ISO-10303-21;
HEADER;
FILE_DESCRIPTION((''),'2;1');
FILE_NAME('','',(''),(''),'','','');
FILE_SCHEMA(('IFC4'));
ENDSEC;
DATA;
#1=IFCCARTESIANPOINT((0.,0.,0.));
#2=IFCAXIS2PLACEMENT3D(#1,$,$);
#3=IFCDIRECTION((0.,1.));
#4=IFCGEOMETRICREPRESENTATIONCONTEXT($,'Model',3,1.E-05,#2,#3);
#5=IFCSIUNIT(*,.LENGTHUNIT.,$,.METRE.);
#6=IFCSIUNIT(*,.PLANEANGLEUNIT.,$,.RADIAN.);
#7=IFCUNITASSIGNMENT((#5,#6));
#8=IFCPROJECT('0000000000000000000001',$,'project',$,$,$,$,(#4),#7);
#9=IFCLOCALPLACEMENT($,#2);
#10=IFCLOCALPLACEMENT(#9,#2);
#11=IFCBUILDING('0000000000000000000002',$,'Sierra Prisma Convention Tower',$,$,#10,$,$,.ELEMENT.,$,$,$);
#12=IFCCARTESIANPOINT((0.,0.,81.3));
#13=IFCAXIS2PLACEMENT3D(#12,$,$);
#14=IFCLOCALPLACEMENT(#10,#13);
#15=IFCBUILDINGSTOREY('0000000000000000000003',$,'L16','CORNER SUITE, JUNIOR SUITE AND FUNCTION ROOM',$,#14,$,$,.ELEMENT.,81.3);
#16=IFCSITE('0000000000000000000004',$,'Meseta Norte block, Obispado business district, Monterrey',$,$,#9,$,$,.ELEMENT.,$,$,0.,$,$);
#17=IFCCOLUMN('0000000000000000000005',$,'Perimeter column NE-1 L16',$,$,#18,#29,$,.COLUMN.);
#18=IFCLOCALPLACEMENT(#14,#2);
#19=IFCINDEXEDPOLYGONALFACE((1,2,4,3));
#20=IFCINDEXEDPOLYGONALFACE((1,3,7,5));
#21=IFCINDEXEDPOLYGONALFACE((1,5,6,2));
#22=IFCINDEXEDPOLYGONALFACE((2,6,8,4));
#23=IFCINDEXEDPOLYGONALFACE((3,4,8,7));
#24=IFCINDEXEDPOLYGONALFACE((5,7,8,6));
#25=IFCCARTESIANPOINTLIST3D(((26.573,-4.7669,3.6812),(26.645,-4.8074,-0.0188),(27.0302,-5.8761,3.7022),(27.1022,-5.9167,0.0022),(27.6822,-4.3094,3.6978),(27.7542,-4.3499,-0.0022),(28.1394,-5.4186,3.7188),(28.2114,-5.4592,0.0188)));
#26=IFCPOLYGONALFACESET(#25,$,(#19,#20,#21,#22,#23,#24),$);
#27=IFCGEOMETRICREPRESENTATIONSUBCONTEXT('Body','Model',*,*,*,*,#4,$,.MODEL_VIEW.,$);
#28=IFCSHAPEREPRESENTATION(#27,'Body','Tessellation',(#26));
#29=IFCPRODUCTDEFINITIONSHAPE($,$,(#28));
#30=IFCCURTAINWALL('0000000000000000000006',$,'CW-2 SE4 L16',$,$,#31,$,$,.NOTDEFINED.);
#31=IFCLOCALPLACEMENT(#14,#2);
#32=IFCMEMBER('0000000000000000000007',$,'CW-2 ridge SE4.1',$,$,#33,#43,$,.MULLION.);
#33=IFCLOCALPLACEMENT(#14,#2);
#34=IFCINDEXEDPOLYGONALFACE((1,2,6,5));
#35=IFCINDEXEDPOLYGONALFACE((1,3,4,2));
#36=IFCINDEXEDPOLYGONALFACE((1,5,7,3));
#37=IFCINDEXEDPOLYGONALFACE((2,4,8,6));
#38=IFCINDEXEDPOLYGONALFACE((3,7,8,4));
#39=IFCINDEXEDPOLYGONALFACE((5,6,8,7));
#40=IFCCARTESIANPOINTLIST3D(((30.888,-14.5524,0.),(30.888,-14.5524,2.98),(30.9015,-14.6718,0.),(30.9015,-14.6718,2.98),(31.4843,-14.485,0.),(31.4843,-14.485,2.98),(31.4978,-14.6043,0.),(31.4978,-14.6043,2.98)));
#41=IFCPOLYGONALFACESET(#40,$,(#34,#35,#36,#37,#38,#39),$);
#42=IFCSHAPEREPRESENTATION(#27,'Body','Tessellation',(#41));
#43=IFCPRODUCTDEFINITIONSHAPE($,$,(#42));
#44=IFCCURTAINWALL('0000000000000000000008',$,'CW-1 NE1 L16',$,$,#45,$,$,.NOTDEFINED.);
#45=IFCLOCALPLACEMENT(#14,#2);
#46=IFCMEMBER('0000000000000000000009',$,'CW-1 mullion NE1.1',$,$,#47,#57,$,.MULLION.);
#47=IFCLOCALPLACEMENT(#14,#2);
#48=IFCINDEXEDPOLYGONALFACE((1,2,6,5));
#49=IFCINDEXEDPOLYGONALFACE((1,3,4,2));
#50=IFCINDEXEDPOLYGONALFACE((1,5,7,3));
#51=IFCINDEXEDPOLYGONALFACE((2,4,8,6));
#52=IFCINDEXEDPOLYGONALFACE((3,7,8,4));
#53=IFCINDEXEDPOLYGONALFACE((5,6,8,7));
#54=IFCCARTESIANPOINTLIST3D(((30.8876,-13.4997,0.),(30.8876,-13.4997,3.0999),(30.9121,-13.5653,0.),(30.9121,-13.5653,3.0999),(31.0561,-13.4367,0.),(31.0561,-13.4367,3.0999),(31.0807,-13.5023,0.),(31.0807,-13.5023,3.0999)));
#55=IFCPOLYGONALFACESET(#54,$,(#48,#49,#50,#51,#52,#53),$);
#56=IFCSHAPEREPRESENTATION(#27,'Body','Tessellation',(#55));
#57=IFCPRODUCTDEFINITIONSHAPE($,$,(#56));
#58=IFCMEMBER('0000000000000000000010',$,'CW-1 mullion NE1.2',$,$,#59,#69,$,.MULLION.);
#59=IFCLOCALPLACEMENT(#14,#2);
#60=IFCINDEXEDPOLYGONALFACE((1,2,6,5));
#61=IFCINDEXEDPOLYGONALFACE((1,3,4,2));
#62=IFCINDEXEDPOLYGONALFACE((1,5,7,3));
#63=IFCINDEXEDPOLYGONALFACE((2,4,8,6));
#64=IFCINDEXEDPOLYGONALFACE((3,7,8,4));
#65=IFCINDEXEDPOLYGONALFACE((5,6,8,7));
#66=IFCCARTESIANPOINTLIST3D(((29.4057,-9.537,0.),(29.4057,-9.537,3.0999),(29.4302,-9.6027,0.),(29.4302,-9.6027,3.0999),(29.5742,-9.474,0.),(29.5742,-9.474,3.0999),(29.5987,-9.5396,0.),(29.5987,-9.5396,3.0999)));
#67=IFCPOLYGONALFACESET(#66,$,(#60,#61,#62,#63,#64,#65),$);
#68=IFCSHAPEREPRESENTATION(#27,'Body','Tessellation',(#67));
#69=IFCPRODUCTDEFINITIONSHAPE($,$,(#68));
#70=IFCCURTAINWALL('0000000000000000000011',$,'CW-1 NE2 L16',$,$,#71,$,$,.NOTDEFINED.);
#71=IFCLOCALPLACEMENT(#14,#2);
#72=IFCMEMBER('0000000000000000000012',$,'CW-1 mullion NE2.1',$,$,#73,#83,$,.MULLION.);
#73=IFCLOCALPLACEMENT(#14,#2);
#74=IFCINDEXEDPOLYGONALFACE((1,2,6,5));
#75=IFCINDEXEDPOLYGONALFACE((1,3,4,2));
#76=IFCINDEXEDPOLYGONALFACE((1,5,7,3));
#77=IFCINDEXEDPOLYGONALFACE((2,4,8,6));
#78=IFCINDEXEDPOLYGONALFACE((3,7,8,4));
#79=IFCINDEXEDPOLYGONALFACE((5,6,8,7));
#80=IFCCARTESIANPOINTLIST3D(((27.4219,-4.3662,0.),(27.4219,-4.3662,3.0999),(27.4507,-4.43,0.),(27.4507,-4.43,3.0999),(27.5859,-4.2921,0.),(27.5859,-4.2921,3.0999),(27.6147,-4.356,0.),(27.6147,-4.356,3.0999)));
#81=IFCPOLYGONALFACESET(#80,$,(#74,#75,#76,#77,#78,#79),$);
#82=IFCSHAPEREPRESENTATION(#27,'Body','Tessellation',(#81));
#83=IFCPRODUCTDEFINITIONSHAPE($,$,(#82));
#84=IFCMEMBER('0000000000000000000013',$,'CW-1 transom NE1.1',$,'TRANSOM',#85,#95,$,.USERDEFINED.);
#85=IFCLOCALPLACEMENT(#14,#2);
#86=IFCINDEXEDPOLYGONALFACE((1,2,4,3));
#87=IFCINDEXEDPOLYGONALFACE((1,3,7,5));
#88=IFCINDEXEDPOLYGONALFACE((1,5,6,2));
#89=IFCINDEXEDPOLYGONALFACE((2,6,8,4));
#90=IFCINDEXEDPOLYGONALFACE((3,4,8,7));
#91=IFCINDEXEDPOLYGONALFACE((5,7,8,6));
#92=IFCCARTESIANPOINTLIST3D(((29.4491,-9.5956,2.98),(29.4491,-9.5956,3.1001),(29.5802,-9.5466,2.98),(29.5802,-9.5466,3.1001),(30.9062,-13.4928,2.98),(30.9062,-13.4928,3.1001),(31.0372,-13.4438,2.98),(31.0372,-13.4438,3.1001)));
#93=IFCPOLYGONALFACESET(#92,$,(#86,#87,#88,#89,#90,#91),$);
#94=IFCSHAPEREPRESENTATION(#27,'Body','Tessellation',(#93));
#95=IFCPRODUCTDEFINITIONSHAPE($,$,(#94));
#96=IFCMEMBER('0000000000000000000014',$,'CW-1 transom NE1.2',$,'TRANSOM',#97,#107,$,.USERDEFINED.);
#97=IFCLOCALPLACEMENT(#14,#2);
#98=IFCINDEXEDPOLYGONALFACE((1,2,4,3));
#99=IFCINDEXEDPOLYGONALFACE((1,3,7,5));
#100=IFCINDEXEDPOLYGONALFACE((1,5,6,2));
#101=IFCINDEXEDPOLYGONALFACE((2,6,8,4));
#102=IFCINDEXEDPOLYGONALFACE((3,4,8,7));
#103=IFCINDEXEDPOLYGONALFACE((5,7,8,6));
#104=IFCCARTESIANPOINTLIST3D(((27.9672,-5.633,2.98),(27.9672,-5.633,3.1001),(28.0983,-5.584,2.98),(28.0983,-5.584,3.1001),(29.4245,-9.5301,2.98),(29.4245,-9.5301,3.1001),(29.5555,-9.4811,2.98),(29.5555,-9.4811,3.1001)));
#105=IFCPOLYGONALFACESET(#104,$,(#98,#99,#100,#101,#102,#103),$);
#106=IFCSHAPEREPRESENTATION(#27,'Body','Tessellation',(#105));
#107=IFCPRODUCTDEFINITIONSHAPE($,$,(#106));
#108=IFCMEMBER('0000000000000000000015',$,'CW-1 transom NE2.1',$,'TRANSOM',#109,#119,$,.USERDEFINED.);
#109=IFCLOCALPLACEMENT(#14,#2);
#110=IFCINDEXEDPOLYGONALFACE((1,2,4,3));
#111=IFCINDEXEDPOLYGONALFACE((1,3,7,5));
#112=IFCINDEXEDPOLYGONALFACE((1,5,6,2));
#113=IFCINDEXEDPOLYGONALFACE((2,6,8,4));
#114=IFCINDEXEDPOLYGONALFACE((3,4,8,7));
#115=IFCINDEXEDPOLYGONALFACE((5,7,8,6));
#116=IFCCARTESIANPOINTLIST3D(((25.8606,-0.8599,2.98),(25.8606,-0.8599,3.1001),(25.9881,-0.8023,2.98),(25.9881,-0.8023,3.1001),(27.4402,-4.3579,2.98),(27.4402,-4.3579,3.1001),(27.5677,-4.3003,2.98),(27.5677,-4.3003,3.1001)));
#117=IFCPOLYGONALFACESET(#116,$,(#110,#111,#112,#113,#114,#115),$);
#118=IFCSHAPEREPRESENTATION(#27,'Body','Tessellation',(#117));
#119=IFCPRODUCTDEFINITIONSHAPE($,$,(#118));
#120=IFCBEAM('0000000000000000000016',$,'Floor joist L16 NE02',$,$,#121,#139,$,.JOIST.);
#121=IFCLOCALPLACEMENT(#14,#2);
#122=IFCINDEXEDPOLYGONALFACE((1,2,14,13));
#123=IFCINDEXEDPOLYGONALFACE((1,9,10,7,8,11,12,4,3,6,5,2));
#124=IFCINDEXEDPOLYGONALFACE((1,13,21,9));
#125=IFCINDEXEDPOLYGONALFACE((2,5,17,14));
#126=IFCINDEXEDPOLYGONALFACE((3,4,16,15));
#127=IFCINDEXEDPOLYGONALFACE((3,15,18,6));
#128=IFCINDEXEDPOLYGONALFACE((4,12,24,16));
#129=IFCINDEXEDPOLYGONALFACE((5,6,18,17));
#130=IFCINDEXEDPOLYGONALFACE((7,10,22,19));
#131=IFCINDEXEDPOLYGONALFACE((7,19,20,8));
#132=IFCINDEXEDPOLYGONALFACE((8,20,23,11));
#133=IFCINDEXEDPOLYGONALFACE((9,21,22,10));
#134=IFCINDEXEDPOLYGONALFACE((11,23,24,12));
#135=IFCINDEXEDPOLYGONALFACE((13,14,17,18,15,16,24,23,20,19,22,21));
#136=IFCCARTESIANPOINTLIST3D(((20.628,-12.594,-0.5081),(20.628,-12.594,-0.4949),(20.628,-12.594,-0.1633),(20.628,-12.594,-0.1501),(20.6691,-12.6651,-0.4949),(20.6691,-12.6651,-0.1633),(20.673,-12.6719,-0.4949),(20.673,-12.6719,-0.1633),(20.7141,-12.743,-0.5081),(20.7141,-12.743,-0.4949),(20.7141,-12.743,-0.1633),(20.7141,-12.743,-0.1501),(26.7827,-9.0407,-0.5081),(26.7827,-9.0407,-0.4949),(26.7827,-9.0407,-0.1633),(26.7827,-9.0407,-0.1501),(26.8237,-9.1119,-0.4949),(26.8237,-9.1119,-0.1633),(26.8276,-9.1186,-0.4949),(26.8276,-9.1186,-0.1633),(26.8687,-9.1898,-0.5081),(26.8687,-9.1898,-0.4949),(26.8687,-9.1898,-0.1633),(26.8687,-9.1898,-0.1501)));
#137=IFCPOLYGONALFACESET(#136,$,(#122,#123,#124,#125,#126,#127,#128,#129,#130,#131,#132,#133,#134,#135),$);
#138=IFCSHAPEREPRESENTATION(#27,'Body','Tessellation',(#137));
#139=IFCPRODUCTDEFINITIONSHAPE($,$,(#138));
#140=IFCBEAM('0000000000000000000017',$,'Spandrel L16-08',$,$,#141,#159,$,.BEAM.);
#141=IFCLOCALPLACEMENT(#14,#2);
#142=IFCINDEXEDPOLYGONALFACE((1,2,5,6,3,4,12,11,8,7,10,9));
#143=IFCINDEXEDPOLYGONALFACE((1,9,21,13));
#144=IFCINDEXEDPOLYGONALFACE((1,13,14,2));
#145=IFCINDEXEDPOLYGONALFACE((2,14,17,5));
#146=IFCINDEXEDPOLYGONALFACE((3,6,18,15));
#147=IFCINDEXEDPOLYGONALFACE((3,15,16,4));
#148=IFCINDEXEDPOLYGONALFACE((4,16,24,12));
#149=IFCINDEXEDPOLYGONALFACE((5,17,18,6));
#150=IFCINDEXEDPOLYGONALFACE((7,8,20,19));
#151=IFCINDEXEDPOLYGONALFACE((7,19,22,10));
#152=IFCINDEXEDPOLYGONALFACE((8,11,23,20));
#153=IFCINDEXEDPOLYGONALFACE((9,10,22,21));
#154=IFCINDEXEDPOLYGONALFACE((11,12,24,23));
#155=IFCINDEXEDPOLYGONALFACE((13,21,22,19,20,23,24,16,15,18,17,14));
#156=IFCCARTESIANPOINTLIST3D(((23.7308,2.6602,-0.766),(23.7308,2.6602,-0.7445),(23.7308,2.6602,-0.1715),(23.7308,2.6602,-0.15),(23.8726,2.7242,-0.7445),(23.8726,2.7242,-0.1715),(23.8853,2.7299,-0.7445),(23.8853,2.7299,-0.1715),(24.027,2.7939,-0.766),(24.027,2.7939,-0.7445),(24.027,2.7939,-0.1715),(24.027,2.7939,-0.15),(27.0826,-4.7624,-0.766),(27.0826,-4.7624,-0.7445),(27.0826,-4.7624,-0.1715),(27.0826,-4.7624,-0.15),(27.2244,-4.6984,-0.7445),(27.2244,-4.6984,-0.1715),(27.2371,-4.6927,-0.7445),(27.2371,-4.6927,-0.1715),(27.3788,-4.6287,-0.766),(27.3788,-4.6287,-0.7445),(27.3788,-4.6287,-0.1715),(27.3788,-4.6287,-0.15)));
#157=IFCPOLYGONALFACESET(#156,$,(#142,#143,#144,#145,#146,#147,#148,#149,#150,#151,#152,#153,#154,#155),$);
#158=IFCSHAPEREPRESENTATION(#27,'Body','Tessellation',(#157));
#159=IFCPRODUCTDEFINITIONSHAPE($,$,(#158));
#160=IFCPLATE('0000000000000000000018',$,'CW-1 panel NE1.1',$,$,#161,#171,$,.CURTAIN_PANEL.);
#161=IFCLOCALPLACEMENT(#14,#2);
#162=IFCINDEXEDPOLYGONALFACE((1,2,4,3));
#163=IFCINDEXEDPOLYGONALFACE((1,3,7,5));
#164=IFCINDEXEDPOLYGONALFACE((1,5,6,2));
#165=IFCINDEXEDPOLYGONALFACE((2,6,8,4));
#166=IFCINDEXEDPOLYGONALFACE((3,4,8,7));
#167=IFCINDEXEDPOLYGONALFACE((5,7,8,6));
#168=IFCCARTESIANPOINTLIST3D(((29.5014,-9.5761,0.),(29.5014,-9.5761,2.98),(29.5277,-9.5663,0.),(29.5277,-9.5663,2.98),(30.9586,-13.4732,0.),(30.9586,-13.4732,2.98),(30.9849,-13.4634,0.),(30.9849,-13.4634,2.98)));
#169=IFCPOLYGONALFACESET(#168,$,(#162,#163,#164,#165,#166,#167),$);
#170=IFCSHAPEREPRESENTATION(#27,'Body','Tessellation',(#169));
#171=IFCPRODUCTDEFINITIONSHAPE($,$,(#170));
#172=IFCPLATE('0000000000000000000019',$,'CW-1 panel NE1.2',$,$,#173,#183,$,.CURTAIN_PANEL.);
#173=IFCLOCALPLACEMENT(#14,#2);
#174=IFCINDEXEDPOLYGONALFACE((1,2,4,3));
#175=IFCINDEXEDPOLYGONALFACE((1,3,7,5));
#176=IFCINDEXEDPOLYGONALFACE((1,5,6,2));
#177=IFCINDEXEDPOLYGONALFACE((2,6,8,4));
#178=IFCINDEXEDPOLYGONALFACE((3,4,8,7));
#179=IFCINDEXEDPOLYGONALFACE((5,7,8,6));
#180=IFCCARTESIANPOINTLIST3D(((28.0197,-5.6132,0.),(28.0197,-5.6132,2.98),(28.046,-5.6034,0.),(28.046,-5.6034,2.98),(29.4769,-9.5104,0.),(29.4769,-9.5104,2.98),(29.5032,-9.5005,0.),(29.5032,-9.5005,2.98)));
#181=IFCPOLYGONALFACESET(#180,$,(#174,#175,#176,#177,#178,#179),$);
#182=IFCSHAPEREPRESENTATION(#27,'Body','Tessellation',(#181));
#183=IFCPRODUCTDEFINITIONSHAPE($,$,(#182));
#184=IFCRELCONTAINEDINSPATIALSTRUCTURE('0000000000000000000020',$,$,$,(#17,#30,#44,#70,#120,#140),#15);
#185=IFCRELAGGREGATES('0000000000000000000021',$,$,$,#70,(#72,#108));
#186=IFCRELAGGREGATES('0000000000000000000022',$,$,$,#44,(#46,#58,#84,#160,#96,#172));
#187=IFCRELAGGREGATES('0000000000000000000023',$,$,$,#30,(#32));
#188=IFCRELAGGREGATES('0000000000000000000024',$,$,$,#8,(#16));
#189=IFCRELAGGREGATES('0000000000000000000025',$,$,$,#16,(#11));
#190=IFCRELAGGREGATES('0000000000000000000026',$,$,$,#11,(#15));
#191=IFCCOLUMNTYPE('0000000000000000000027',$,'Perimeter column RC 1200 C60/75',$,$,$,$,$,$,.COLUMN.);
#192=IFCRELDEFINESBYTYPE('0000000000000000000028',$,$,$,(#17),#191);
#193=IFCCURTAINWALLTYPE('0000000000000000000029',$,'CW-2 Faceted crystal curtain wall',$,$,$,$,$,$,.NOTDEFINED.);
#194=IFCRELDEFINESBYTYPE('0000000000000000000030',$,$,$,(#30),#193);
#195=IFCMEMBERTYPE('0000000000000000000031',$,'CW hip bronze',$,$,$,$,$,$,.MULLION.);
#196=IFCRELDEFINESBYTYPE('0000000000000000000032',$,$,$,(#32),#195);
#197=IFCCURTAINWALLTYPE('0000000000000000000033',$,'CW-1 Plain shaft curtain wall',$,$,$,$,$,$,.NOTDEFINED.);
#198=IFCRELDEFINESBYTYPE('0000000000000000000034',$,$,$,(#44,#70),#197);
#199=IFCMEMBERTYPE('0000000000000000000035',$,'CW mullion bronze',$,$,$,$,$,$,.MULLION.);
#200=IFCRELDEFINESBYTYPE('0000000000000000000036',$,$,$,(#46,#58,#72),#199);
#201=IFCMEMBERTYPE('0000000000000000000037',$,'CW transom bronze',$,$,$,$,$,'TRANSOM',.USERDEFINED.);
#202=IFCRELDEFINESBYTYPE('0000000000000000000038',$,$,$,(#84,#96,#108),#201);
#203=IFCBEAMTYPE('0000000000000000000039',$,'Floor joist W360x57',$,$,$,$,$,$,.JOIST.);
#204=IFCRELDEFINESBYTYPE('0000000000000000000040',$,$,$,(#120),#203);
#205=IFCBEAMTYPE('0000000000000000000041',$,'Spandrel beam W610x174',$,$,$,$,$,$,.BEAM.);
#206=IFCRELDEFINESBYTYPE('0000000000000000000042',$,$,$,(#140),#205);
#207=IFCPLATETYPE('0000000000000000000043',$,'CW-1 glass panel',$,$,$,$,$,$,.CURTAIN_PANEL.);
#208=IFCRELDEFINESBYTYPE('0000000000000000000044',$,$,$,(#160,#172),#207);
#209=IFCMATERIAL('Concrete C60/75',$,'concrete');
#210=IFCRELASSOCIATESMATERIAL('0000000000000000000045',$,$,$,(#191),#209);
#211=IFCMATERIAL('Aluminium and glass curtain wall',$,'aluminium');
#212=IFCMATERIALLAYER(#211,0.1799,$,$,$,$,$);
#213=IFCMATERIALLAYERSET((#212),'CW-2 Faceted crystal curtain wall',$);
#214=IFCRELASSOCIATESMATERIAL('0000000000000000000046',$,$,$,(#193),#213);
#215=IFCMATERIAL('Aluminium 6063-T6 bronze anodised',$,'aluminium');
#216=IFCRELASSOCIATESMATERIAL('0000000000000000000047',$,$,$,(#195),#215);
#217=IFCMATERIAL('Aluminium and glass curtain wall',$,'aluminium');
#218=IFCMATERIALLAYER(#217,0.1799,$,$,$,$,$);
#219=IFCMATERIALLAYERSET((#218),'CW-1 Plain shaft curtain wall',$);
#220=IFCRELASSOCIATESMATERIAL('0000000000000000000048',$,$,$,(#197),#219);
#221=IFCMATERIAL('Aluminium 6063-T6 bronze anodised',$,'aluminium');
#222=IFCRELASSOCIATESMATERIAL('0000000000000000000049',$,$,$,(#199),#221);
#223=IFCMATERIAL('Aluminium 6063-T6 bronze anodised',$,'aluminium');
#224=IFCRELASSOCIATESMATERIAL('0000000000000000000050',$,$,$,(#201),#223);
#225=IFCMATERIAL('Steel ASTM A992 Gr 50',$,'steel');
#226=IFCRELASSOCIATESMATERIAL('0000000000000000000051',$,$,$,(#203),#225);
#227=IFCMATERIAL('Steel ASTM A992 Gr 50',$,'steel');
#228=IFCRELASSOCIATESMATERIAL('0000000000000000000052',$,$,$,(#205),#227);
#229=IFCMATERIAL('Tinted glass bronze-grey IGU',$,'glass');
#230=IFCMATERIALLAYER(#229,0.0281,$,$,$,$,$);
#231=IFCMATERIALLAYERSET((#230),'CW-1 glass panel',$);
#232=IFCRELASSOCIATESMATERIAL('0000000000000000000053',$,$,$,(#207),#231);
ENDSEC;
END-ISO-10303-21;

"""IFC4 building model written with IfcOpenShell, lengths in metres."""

from ifc_helpers import new_model, si_unit, direction, frame, origin, origin_2d, place, context, subcontext, project, spatial, rectangle, i_section, extrude, material, layer, layer_set, material_profile, profile_set, type_object, element, aggregate, save


model = new_model("IFC4")

# Units and contexts
model_context = context("Model", 3, precision=1e-05, world=origin(), true_north=direction((0.0, 1.0)))
body_context = subcontext(model_context, "Body", "Model", "MODEL_VIEW")
ifc_project = project(units=[si_unit("LENGTHUNIT", "METRE"), si_unit("PLANEANGLEUNIT", "RADIAN")], contexts=[model_context])

# Site, building, storey
site_placement = place(None, origin())
site = spatial("IfcSite", under=ifc_project, at=site_placement, Name="Meseta Norte block, Obispado business district, Monterrey", CompositionType="ELEMENT", RefElevation=0.0)
building_placement = place(site_placement, origin())
building = spatial("IfcBuilding", under=site, at=building_placement, Name="Sierra Prisma Convention Tower", CompositionType="ELEMENT")
storey_placement = place(building_placement, frame((0.0, 0.0, 81.3)))
storey = spatial("IfcBuildingStorey", under=building, at=storey_placement, Name="L16", Description="CORNER SUITE, JUNIOR SUITE AND FUNCTION ROOM", CompositionType="ELEMENT", Elevation=81.3)

# Column
ifc_material_1 = material(Name="Concrete C60/75", Category="concrete")
ifc_material_profile_1 = material_profile(ifc_material_1, rectangle(XDim=1.2, YDim=1.2, at=origin_2d()), Name="Perimeter column RC 1200 C60/75")
ifc_profile_set_1 = profile_set([ifc_material_profile_1], Name="Concrete C60/75")
column_type = type_object("IfcColumnType", Name="Perimeter column RC 1200 C60/75", PredefinedType="COLUMN", material=ifc_profile_set_1)
column_placement = place(storey_placement, frame((27.4282, -5.1333, 0.0), z_axis=(-0.019461, 0.010951, 0.999751), x_axis=(-0.381024, 0.924399, -0.017542)))
element("IfcColumn", 1, at=column_placement, inside=storey, type_object=column_type, Name="Perimeter column NE-1 L16", PredefinedType="COLUMN", context=body_context, shape_type="SweptSolid", body=[
    extrude(rectangle(XDim=1.2, YDim=1.2, at=origin_2d()), origin(), (0.0, 0.0, 1.0), 3.7009),
])

# Curtain wall, member
ifc_material_2 = material(Name="Aluminium and glass curtain wall", Category="aluminium")
ifc_layer_1 = layer(ifc_material_2, 0.1799)
ifc_layer_set_1 = layer_set([ifc_layer_1], Name="CW-2 Faceted crystal curtain wall")
curtain_wall_type_1 = type_object("IfcCurtainWallType", Name="CW-2 Faceted crystal curtain wall", PredefinedType="NOTDEFINED", material=ifc_layer_set_1)
curtain_wall_1_placement = place(storey_placement, origin())
curtain_wall_1 = element("IfcCurtainWall", 2, at=curtain_wall_1_placement, inside=storey, type_object=curtain_wall_type_1, Name="CW-2 SE4 L16", PredefinedType="NOTDEFINED")
ifc_material_3 = material(Name="Aluminium 6063-T6 bronze anodised", Category="aluminium")
ifc_material_profile_2 = material_profile(ifc_material_3, rectangle(XDim=0.1201, YDim=0.6001, at=origin_2d()), Name="ALU RIDGE BLADE 120x600")
ifc_profile_set_2 = profile_set([ifc_material_profile_2], Name="Aluminium 6063-T6 bronze anodised")
member_type_1 = type_object("IfcMemberType", Name="CW hip bronze", PredefinedType="MULLION", material=ifc_profile_set_2)
member_1_placement = place(storey_placement, frame((31.1929, -14.5784, 0.0), z_axis=(0.0, 0.0, 1.0), x_axis=(-0.112368, 0.993667, 0.0)))
member_1 = element("IfcMember", 3, at=member_1_placement, type_object=member_type_1, Name="CW-2 ridge SE4.1", PredefinedType="MULLION", context=body_context, shape_type="SweptSolid", body=[
    extrude(rectangle(XDim=0.1201, YDim=0.6001, at=origin_2d()), origin(), (0.0, 0.0, 1.0), 2.98),
])

# Curtain wall, members
ifc_material_4 = material(Name="Aluminium and glass curtain wall", Category="aluminium")
ifc_layer_2 = layer(ifc_material_4, 0.1799)
ifc_layer_set_2 = layer_set([ifc_layer_2], Name="CW-1 Plain shaft curtain wall")
curtain_wall_type_2 = type_object("IfcCurtainWallType", Name="CW-1 Plain shaft curtain wall", PredefinedType="NOTDEFINED", material=ifc_layer_set_2)
curtain_wall_2_placement = place(storey_placement, origin())
curtain_wall_2 = element("IfcCurtainWall", 4, at=curtain_wall_2_placement, inside=storey, type_object=curtain_wall_type_2, Name="CW-1 NE1 L16", PredefinedType="NOTDEFINED")
ifc_material_5 = material(Name="Aluminium 6063-T6 bronze anodised", Category="aluminium")
ifc_material_profile_3 = material_profile(ifc_material_5, rectangle(XDim=0.1799, YDim=0.0701, at=origin_2d()), Name="ALU MULLION 70x180")
ifc_profile_set_3 = profile_set([ifc_material_profile_3], Name="Aluminium 6063-T6 bronze anodised")
member_type_2 = type_object("IfcMemberType", Name="CW mullion bronze", PredefinedType="MULLION", material=ifc_profile_set_3)
member_2_placement = place(storey_placement, frame((30.9841, -13.501, 0.0), z_axis=(0.0, 0.0, 1.0), x_axis=(-0.93666, -0.350241, 0.0)))
member_2 = element("IfcMember", 5, at=member_2_placement, type_object=member_type_2, Name="CW-1 mullion NE1.1", PredefinedType="MULLION", context=body_context, shape_type="SweptSolid", body=[
    extrude(rectangle(XDim=0.1799, YDim=0.0701, at=origin_2d()), origin(), (0.0, 0.0, 1.0), 3.0999),
])
member_3_placement = place(storey_placement, frame((29.5022, -9.5383, 0.0), z_axis=(0.0, 0.0, 1.0), x_axis=(-0.93666, -0.350241, 0.0)))
member_3 = element("IfcMember", 6, at=member_3_placement, type_object=member_type_2, Name="CW-1 mullion NE1.2", PredefinedType="MULLION", context=body_context, shape_type="SweptSolid", body=[
    extrude(rectangle(XDim=0.1799, YDim=0.0701, at=origin_2d()), origin(), (0.0, 0.0, 1.0), 3.0999),
])

# Curtain wall, member
curtain_wall_3_placement = place(storey_placement, origin())
curtain_wall_3 = element("IfcCurtainWall", 7, at=curtain_wall_3_placement, inside=storey, type_object=curtain_wall_type_2, Name="CW-1 NE2 L16", PredefinedType="NOTDEFINED")
member_4_placement = place(storey_placement, frame((27.5183, -4.3611, 0.0), z_axis=(0.0, 0.0, 1.0), x_axis=(-0.911394, -0.411534, 0.0)))
member_4 = element("IfcMember", 8, at=member_4_placement, type_object=member_type_2, Name="CW-1 mullion NE2.1", PredefinedType="MULLION", context=body_context, shape_type="SweptSolid", body=[
    extrude(rectangle(XDim=0.1799, YDim=0.0701, at=origin_2d()), origin(), (0.0, 0.0, 1.0), 3.0999),
])

# Members
ifc_material_6 = material(Name="Aluminium 6063-T6 bronze anodised", Category="aluminium")
ifc_material_profile_4 = material_profile(ifc_material_6, rectangle(XDim=0.1399, YDim=0.1201, at=origin_2d()), Name="ALU TRANSOM 120x140")
ifc_profile_set_4 = profile_set([ifc_material_profile_4], Name="Aluminium 6063-T6 bronze anodised")
member_type_3 = type_object("IfcMemberType", Name="CW transom bronze", ElementType="TRANSOM", PredefinedType="USERDEFINED", material=ifc_profile_set_4)
member_5_placement = place(storey_placement, frame((30.9717, -13.4683, 3.04), z_axis=(-0.350191, 0.936678, 0.0), x_axis=(-0.936678, -0.350191, 0.0)))
member_5 = element("IfcMember", 9, at=member_5_placement, type_object=member_type_3, Name="CW-1 transom NE1.1", ObjectType="TRANSOM", PredefinedType="USERDEFINED", context=body_context, shape_type="SweptSolid", body=[
    extrude(rectangle(XDim=0.1399, YDim=0.1201, at=origin_2d()), origin(), (0.0, 0.0, 1.0), 4.1606),
])
member_6_placement = place(storey_placement, frame((29.49, -9.5056, 3.04), z_axis=(-0.350242, 0.936659, 0.0), x_axis=(-0.936659, -0.350242, 0.0)))
member_6 = element("IfcMember", 10, at=member_6_placement, type_object=member_type_3, Name="CW-1 transom NE1.2", ObjectType="TRANSOM", PredefinedType="USERDEFINED", context=body_context, shape_type="SweptSolid", body=[
    extrude(rectangle(XDim=0.1399, YDim=0.1201, at=origin_2d()), origin(), (0.0, 0.0, 1.0), 4.1606),
])
member_7_placement = place(storey_placement, frame((27.5039, -4.3291, 3.04), z_axis=(-0.411549, 0.911388, 0.0), x_axis=(-0.911388, -0.411549, 0.0)))
member_7 = element("IfcMember", 11, at=member_7_placement, type_object=member_type_3, Name="CW-1 transom NE2.1", ObjectType="TRANSOM", PredefinedType="USERDEFINED", context=body_context, shape_type="SweptSolid", body=[
    extrude(rectangle(XDim=0.1399, YDim=0.1201, at=origin_2d()), origin(), (0.0, 0.0, 1.0), 3.8381),
])
aggregate(curtain_wall_3, [member_4, member_7])

# Beams
ifc_material_7 = material(Name="Steel ASTM A992 Gr 50", Category="steel")
ifc_material_profile_5 = material_profile(ifc_material_7, i_section(OverallWidth=0.1721, OverallDepth=0.3579, WebThickness=0.0078, FlangeThickness=0.0132, at=origin_2d()), Name="W360x57")
ifc_profile_set_5 = profile_set([ifc_material_profile_5], Name="Steel ASTM A992 Gr 50")
beam_type_1 = type_object("IfcBeamType", Name="Floor joist W360x57", PredefinedType="JOIST", material=ifc_profile_set_5)
beam_1_placement = place(storey_placement, frame((26.8257, -9.1152, -0.3291), z_axis=(-0.866032, -0.499989, 0.0), x_axis=(0.499989, -0.866032, 0.0)))
element("IfcBeam", 12, at=beam_1_placement, inside=storey, type_object=beam_type_1, Name="Floor joist L16 NE02", PredefinedType="JOIST", context=body_context, shape_type="SweptSolid", body=[
    extrude(i_section(OverallWidth=0.1721, OverallDepth=0.3579, WebThickness=0.0078, FlangeThickness=0.0132, at=origin_2d()), origin(), (0.0, 0.0, 1.0), 7.1067),
])
ifc_material_8 = material(Name="Steel ASTM A992 Gr 50", Category="steel")
ifc_material_profile_6 = material_profile(ifc_material_8, i_section(OverallWidth=0.325, OverallDepth=0.616, WebThickness=0.0139, FlangeThickness=0.0215, at=origin_2d()), Name="W610x174")
ifc_profile_set_6 = profile_set([ifc_material_profile_6], Name="Steel ASTM A992 Gr 50")
beam_type_2 = type_object("IfcBeamType", Name="Spandrel beam W610x174", PredefinedType="BEAM", material=ifc_profile_set_6)
beam_2_placement = place(storey_placement, frame((27.2307, -4.6956, -0.458), z_axis=(-0.411552, 0.911386, 0.0), x_axis=(-0.911386, -0.411552, 0.0)))
element("IfcBeam", 13, at=beam_2_placement, inside=storey, type_object=beam_type_2, Name="Spandrel L16-08", PredefinedType="BEAM", context=body_context, shape_type="SweptSolid", body=[
    extrude(i_section(OverallWidth=0.325, OverallDepth=0.616, WebThickness=0.0139, FlangeThickness=0.0215, at=origin_2d()), origin(), (0.0, 0.0, 1.0), 8.1443),
])

# Plates
ifc_material_9 = material(Name="Tinted glass bronze-grey IGU", Category="glass")
ifc_layer_3 = layer(ifc_material_9, 0.0281)
ifc_layer_set_3 = layer_set([ifc_layer_3], Name="CW-1 glass panel")
plate_type_1 = type_object("IfcPlateType", Name="CW-1 glass panel", PredefinedType="CURTAIN_PANEL", material=ifc_layer_set_3)
plate_1_placement = place(storey_placement, frame((30.2432, -11.5198, 0.0), z_axis=(0.0, 0.0, 1.0), x_axis=(-0.350241, 0.93666, 0.0)))
plate_1 = element("IfcPlate", 14, at=plate_1_placement, type_object=plate_type_1, Name="CW-1 panel NE1.1", PredefinedType="CURTAIN_PANEL", context=body_context, shape_type="SweptSolid", body=[
    extrude(rectangle(XDim=4.1606, YDim=0.0281, at=origin_2d()), origin(), (0.0, 0.0, 1.0), 2.98),
])
plate_2_placement = place(storey_placement, frame((28.7615, -7.5569, 0.0), z_axis=(0.0, 0.0, 1.0), x_axis=(-0.350241, 0.93666, 0.0)))
plate_2 = element("IfcPlate", 15, at=plate_2_placement, type_object=plate_type_1, Name="CW-1 panel NE1.2", PredefinedType="CURTAIN_PANEL", context=body_context, shape_type="SweptSolid", body=[
    extrude(rectangle(XDim=4.1606, YDim=0.0281, at=origin_2d()), origin(), (0.0, 0.0, 1.0), 2.98),
])
aggregate(curtain_wall_2, [member_2, member_3, member_5, plate_1, member_6, plate_2])
aggregate(curtain_wall_1, [member_1])

save(model, "model.ifc")
